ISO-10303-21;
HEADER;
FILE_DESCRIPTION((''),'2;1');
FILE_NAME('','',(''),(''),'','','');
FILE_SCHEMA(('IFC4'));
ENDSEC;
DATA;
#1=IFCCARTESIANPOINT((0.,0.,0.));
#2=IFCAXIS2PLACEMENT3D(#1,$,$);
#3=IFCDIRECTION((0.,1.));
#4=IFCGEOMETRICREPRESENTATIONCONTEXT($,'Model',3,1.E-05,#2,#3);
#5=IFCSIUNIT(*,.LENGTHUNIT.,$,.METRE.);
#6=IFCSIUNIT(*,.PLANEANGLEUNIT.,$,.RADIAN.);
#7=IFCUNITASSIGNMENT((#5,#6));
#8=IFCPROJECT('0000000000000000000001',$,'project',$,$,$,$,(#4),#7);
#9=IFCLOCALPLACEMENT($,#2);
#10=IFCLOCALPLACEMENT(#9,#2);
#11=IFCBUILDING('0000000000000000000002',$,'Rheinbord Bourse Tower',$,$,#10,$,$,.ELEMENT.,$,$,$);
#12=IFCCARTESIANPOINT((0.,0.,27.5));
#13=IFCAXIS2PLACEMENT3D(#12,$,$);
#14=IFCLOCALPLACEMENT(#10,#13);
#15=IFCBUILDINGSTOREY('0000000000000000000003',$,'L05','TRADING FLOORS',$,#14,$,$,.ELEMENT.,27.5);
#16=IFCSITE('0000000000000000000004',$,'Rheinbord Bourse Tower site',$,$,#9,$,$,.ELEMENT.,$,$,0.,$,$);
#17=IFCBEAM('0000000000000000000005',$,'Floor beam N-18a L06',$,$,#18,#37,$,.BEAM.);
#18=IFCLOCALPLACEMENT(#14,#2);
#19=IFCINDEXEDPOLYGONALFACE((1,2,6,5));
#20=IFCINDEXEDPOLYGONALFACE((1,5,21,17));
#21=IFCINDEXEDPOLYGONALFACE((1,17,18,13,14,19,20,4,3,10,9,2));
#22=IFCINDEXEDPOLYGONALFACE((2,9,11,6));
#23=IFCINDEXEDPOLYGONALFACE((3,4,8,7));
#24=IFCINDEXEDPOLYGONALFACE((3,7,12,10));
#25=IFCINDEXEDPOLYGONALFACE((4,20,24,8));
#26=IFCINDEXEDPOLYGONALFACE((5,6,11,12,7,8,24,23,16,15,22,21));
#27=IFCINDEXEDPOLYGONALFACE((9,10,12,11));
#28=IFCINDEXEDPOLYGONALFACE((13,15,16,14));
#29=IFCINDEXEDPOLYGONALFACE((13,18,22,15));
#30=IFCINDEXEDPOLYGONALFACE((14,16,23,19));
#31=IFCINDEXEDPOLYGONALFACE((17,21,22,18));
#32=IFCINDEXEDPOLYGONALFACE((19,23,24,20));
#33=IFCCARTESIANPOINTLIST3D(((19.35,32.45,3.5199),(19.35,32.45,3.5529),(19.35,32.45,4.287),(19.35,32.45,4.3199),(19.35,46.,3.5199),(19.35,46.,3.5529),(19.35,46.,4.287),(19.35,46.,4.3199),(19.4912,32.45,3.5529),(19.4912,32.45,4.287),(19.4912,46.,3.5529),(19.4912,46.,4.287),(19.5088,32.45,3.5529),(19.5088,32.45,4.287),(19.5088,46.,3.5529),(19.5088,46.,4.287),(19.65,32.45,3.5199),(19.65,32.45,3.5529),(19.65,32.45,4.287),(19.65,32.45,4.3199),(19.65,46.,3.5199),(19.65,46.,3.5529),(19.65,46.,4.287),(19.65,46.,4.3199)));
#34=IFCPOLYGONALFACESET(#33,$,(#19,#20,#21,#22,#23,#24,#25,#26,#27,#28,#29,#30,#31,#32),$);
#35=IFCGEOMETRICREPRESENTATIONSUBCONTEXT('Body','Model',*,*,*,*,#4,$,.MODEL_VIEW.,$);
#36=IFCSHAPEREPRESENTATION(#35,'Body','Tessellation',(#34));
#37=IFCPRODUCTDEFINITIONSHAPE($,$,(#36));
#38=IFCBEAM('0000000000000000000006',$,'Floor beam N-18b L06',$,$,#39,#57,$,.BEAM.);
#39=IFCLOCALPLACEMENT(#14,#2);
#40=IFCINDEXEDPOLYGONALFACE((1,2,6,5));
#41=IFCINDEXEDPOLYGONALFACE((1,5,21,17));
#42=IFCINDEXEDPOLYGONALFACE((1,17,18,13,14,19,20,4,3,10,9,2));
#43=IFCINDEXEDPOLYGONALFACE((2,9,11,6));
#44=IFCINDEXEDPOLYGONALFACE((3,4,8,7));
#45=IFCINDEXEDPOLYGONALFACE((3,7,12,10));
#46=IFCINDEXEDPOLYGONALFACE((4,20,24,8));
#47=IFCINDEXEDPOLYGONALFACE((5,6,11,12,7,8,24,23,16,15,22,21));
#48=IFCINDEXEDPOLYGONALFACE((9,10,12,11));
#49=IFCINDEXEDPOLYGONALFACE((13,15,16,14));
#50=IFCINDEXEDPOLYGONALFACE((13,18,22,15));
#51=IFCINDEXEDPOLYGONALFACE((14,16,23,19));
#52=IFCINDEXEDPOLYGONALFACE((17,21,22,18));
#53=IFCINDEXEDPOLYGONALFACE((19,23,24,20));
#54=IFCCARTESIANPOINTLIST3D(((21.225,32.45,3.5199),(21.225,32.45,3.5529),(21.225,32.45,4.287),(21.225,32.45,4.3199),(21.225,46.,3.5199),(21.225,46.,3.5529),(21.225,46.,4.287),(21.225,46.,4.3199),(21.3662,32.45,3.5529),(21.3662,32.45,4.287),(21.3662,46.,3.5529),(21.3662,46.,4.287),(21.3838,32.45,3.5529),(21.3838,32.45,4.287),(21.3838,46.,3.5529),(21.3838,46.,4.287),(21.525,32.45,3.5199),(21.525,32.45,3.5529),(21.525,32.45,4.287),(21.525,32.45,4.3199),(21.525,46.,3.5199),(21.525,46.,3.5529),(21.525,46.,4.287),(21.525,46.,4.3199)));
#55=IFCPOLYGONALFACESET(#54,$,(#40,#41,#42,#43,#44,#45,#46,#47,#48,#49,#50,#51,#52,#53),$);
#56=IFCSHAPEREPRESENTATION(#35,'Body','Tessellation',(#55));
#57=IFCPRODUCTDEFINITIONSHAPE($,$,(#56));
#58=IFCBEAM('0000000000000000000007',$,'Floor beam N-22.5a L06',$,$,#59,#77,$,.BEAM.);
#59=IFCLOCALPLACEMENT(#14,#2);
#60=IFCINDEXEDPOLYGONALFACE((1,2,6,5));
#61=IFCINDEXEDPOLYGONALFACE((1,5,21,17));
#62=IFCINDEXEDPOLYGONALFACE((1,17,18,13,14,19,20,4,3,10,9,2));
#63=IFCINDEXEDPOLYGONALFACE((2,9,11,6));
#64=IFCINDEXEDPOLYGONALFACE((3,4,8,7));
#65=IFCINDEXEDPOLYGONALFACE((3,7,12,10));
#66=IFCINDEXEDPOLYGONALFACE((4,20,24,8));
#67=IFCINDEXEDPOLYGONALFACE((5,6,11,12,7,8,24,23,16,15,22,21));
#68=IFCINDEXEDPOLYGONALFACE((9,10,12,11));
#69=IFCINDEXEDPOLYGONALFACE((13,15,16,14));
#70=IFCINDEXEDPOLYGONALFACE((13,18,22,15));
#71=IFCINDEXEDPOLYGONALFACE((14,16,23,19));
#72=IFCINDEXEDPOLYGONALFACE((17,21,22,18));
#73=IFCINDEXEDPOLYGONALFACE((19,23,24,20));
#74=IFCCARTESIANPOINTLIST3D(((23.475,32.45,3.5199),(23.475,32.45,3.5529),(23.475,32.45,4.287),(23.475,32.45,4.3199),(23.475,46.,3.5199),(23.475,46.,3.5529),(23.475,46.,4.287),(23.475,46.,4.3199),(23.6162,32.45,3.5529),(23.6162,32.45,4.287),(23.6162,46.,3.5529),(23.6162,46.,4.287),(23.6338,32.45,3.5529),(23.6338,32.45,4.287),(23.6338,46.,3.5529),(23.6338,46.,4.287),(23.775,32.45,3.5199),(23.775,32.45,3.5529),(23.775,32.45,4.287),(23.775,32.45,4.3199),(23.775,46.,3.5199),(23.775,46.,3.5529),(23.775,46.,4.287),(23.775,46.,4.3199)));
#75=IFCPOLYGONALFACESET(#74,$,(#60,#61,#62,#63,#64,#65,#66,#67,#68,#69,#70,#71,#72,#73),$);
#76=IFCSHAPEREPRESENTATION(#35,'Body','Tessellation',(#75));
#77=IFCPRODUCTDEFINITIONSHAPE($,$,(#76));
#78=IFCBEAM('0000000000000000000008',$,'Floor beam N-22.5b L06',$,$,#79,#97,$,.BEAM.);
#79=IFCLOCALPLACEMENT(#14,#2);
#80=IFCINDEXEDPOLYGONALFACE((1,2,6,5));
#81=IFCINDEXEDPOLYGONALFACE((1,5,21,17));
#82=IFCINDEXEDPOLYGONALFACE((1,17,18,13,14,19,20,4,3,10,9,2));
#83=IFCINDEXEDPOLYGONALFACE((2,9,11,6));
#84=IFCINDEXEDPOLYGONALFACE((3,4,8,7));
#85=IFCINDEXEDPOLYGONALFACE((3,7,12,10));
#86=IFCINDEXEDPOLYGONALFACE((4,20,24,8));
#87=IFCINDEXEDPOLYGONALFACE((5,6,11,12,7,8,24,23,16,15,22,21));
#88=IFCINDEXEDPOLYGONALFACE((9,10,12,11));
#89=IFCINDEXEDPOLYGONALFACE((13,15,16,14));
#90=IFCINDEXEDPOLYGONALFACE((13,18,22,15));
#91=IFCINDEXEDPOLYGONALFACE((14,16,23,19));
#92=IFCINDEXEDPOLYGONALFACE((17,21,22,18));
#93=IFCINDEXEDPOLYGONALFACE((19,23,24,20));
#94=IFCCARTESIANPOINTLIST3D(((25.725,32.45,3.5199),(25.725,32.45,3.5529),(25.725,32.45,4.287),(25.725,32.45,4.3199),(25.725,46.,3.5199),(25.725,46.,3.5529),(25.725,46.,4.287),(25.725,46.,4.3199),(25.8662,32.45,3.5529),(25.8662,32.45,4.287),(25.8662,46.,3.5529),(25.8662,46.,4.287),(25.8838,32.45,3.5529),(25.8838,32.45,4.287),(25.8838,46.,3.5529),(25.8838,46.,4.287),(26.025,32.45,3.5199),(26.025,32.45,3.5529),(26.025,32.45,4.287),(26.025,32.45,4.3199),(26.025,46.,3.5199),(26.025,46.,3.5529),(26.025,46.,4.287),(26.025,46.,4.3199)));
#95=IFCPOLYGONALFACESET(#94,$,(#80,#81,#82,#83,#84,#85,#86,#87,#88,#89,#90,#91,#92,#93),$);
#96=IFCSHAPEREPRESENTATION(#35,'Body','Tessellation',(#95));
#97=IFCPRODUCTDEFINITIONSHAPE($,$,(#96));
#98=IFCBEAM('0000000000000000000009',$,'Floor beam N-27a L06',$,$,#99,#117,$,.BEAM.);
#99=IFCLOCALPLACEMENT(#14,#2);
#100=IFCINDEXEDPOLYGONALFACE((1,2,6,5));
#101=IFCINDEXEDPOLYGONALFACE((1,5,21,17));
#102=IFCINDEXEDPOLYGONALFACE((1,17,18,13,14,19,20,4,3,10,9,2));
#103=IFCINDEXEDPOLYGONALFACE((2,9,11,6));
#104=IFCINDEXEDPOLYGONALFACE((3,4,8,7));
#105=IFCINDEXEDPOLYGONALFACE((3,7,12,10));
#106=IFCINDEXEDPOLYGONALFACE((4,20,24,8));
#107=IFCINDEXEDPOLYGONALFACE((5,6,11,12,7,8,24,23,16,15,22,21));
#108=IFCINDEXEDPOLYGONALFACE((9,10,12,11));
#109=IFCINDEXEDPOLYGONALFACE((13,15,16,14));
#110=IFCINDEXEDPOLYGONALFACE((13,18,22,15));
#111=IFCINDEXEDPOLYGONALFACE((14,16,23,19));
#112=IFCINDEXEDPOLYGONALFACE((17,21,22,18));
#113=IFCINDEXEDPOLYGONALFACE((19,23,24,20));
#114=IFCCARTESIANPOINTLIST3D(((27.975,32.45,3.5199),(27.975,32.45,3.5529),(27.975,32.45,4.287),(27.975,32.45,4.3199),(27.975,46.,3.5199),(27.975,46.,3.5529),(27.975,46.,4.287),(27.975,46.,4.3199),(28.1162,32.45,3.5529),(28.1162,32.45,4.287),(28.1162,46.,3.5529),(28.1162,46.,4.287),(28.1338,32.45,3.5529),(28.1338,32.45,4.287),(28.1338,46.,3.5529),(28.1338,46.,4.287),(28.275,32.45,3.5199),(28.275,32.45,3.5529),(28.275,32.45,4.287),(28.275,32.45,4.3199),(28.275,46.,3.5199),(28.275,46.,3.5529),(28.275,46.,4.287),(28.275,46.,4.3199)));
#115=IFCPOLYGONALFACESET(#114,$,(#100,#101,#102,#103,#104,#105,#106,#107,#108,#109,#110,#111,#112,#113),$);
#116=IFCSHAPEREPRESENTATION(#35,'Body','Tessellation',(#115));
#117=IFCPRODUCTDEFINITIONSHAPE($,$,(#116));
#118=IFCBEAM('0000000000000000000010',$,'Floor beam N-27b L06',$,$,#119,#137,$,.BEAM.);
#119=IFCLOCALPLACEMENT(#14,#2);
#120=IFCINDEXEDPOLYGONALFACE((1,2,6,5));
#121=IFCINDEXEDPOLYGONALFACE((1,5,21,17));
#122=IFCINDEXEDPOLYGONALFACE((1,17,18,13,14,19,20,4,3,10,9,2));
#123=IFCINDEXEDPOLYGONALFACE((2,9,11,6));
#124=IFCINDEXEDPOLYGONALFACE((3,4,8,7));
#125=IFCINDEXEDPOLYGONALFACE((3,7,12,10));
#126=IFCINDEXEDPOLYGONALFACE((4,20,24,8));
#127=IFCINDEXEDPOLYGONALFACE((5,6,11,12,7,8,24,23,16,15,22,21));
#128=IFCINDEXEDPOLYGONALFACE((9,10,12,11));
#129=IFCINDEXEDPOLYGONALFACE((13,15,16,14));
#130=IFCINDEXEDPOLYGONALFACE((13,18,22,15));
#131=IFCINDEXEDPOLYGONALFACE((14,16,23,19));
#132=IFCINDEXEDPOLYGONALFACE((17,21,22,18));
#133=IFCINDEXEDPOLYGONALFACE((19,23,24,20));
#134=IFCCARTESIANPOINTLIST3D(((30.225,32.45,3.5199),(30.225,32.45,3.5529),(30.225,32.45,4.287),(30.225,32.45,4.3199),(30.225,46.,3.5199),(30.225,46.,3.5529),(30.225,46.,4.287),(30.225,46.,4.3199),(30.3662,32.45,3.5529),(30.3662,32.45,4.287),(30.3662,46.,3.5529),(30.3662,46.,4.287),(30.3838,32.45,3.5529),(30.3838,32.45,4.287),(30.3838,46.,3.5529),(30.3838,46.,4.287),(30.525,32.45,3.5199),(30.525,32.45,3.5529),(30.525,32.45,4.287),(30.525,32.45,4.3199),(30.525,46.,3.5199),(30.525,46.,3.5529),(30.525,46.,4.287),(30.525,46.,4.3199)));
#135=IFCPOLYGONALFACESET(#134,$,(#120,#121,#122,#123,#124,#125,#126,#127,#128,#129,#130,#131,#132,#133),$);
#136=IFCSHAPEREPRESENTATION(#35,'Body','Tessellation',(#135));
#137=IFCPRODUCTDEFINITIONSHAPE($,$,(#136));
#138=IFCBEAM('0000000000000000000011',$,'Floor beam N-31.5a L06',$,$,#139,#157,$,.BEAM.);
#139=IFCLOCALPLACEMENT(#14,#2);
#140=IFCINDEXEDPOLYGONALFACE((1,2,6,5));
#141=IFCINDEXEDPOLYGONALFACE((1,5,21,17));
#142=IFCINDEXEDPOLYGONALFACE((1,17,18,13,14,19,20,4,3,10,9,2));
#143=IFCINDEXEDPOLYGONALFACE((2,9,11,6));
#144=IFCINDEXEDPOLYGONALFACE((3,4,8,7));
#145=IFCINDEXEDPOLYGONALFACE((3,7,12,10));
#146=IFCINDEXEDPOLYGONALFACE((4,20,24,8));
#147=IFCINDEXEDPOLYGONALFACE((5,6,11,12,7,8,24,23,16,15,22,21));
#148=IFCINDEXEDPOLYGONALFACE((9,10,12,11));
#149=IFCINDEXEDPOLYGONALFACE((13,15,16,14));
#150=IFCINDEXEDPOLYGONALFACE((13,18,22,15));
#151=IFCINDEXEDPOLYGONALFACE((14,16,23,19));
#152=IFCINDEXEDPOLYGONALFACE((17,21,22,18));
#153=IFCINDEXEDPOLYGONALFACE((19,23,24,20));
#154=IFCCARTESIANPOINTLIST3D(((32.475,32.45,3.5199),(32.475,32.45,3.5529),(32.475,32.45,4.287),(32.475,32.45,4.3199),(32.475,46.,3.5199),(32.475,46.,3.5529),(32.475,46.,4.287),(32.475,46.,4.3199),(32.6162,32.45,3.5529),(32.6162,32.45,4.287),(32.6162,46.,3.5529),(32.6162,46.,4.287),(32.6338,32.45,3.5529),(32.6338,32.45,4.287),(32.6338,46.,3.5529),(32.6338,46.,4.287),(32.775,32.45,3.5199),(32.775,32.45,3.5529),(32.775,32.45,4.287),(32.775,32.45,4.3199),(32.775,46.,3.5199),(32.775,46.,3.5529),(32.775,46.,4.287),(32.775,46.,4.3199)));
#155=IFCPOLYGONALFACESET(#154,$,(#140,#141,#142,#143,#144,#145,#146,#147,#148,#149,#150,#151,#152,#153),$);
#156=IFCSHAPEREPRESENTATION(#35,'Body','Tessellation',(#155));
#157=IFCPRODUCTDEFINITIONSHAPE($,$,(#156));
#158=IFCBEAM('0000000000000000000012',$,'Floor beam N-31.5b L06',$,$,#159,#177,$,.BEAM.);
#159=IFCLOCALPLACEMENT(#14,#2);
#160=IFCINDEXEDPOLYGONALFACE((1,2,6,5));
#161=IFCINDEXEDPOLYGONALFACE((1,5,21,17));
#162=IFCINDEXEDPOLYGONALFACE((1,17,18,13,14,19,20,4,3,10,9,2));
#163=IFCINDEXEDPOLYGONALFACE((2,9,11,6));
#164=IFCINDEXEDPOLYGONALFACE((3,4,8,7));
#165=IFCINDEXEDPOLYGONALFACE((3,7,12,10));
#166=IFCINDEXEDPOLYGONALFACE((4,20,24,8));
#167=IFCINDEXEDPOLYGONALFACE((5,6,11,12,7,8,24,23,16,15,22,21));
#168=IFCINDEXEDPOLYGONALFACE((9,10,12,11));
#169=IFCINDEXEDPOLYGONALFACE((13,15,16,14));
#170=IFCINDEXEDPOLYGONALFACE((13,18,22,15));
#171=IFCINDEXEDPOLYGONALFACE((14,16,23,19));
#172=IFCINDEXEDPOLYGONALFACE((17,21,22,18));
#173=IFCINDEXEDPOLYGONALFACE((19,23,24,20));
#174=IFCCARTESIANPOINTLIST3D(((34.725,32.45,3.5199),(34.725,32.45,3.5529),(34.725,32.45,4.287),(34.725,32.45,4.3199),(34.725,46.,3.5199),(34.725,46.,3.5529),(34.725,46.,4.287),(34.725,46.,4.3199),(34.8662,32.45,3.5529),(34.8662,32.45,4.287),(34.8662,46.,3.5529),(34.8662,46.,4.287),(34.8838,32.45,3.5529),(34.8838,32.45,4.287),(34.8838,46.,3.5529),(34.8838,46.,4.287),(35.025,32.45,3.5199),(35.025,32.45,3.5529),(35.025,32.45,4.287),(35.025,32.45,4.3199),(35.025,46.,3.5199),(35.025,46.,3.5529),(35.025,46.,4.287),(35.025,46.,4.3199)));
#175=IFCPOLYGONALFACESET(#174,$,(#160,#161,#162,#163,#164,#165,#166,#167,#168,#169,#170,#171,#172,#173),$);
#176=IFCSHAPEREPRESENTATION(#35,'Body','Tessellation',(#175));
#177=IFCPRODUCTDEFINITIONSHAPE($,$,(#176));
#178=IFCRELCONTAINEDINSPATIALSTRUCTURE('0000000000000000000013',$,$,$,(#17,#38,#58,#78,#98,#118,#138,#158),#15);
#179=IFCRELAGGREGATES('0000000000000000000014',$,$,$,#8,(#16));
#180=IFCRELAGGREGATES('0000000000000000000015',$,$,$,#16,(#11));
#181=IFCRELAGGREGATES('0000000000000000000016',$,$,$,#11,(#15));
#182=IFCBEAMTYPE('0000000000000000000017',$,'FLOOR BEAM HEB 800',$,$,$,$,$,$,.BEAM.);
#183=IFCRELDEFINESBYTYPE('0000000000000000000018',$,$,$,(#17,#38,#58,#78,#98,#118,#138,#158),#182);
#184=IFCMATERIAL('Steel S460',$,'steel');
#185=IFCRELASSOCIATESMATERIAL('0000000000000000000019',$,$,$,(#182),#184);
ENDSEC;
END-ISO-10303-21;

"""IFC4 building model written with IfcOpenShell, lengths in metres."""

from ifc_helpers import new_model, si_unit, direction, frame, origin, origin_2d, place, context, subcontext, project, spatial, i_section, extrude, material, material_profile, profile_set, type_object, element, save


model = new_model("IFC4")

# Units and contexts
model_context = context("Model", 3, precision=1e-05, world=origin(), true_north=direction((0.0, 1.0)))
body_context = subcontext(model_context, "Body", "Model", "MODEL_VIEW")
ifc_project = project(units=[si_unit("LENGTHUNIT", "METRE"), si_unit("PLANEANGLEUNIT", "RADIAN")], contexts=[model_context])

# Site, building, storey
site_placement = place(None, origin())
site = spatial("IfcSite", under=ifc_project, at=site_placement, Name="Rheinbord Bourse Tower site", CompositionType="ELEMENT", RefElevation=0.0)
building_placement = place(site_placement, origin())
building = spatial("IfcBuilding", under=site, at=building_placement, Name="Rheinbord Bourse Tower", CompositionType="ELEMENT")
storey_placement = place(building_placement, frame((0.0, 0.0, 27.5)))
storey = spatial("IfcBuildingStorey", under=building, at=storey_placement, Name="L05", Description="TRADING FLOORS", CompositionType="ELEMENT", Elevation=27.5)

# Beams
ifc_material_1 = material(Name="Steel S460", Category="steel")
ifc_material_profile_1 = material_profile(ifc_material_1, i_section(OverallWidth=0.3, OverallDepth=0.8, WebThickness=0.0176, FlangeThickness=0.033, at=origin_2d()), Name="HEB 800")
ifc_profile_set_1 = profile_set([ifc_material_profile_1], Name="Steel S460")
beam_type_1 = type_object("IfcBeamType", Name="FLOOR BEAM HEB 800", PredefinedType="BEAM", material=ifc_profile_set_1)
for number, where, z_axis, x_axis, name in (
    (1, (19.5, 46.0, 3.9199), (0.0, -1.0, 0.0), (1.0, 0.0, 0.0), "Floor beam N-18a L06"),
    (2, (21.375, 46.0, 3.9199), (0.0, -1.0, 0.0), (1.0, 0.0, 0.0), "Floor beam N-18b L06"),
    (3, (23.625, 46.0, 3.9199), (0.0, -1.0, 0.0), (1.0, 0.0, 0.0), "Floor beam N-22.5a L06"),
    (4, (25.875, 46.0, 3.9199), (0.0, -1.0, 0.0), (1.0, 0.0, 0.0), "Floor beam N-22.5b L06"),
    (5, (28.125, 46.0, 3.9199), (0.0, -1.0, 0.0), (1.0, 0.0, 0.0), "Floor beam N-27a L06"),
    (6, (30.375, 46.0, 3.9199), (0.0, -1.0, 0.0), (1.0, 0.0, 0.0), "Floor beam N-27b L06"),
    (7, (32.625, 46.0, 3.9199), (0.0, -1.0, 0.0), (1.0, 0.0, 0.0), "Floor beam N-31.5a L06"),
    (8, (34.875, 46.0, 3.9199), (0.0, -1.0, 0.0), (1.0, 0.0, 0.0), "Floor beam N-31.5b L06"),
):
    element("IfcBeam", number, at=place(storey_placement, frame(where, z_axis=z_axis, x_axis=x_axis)), inside=storey, type_object=beam_type_1, Name=name, PredefinedType="BEAM", context=body_context, shape_type="SweptSolid", body=[
        extrude(i_section(OverallWidth=0.3, OverallDepth=0.8, WebThickness=0.0176, FlangeThickness=0.033, at=origin_2d()), origin(), (0.0, 0.0, 1.0), 13.55),
    ])

save(model, "model.ifc")
